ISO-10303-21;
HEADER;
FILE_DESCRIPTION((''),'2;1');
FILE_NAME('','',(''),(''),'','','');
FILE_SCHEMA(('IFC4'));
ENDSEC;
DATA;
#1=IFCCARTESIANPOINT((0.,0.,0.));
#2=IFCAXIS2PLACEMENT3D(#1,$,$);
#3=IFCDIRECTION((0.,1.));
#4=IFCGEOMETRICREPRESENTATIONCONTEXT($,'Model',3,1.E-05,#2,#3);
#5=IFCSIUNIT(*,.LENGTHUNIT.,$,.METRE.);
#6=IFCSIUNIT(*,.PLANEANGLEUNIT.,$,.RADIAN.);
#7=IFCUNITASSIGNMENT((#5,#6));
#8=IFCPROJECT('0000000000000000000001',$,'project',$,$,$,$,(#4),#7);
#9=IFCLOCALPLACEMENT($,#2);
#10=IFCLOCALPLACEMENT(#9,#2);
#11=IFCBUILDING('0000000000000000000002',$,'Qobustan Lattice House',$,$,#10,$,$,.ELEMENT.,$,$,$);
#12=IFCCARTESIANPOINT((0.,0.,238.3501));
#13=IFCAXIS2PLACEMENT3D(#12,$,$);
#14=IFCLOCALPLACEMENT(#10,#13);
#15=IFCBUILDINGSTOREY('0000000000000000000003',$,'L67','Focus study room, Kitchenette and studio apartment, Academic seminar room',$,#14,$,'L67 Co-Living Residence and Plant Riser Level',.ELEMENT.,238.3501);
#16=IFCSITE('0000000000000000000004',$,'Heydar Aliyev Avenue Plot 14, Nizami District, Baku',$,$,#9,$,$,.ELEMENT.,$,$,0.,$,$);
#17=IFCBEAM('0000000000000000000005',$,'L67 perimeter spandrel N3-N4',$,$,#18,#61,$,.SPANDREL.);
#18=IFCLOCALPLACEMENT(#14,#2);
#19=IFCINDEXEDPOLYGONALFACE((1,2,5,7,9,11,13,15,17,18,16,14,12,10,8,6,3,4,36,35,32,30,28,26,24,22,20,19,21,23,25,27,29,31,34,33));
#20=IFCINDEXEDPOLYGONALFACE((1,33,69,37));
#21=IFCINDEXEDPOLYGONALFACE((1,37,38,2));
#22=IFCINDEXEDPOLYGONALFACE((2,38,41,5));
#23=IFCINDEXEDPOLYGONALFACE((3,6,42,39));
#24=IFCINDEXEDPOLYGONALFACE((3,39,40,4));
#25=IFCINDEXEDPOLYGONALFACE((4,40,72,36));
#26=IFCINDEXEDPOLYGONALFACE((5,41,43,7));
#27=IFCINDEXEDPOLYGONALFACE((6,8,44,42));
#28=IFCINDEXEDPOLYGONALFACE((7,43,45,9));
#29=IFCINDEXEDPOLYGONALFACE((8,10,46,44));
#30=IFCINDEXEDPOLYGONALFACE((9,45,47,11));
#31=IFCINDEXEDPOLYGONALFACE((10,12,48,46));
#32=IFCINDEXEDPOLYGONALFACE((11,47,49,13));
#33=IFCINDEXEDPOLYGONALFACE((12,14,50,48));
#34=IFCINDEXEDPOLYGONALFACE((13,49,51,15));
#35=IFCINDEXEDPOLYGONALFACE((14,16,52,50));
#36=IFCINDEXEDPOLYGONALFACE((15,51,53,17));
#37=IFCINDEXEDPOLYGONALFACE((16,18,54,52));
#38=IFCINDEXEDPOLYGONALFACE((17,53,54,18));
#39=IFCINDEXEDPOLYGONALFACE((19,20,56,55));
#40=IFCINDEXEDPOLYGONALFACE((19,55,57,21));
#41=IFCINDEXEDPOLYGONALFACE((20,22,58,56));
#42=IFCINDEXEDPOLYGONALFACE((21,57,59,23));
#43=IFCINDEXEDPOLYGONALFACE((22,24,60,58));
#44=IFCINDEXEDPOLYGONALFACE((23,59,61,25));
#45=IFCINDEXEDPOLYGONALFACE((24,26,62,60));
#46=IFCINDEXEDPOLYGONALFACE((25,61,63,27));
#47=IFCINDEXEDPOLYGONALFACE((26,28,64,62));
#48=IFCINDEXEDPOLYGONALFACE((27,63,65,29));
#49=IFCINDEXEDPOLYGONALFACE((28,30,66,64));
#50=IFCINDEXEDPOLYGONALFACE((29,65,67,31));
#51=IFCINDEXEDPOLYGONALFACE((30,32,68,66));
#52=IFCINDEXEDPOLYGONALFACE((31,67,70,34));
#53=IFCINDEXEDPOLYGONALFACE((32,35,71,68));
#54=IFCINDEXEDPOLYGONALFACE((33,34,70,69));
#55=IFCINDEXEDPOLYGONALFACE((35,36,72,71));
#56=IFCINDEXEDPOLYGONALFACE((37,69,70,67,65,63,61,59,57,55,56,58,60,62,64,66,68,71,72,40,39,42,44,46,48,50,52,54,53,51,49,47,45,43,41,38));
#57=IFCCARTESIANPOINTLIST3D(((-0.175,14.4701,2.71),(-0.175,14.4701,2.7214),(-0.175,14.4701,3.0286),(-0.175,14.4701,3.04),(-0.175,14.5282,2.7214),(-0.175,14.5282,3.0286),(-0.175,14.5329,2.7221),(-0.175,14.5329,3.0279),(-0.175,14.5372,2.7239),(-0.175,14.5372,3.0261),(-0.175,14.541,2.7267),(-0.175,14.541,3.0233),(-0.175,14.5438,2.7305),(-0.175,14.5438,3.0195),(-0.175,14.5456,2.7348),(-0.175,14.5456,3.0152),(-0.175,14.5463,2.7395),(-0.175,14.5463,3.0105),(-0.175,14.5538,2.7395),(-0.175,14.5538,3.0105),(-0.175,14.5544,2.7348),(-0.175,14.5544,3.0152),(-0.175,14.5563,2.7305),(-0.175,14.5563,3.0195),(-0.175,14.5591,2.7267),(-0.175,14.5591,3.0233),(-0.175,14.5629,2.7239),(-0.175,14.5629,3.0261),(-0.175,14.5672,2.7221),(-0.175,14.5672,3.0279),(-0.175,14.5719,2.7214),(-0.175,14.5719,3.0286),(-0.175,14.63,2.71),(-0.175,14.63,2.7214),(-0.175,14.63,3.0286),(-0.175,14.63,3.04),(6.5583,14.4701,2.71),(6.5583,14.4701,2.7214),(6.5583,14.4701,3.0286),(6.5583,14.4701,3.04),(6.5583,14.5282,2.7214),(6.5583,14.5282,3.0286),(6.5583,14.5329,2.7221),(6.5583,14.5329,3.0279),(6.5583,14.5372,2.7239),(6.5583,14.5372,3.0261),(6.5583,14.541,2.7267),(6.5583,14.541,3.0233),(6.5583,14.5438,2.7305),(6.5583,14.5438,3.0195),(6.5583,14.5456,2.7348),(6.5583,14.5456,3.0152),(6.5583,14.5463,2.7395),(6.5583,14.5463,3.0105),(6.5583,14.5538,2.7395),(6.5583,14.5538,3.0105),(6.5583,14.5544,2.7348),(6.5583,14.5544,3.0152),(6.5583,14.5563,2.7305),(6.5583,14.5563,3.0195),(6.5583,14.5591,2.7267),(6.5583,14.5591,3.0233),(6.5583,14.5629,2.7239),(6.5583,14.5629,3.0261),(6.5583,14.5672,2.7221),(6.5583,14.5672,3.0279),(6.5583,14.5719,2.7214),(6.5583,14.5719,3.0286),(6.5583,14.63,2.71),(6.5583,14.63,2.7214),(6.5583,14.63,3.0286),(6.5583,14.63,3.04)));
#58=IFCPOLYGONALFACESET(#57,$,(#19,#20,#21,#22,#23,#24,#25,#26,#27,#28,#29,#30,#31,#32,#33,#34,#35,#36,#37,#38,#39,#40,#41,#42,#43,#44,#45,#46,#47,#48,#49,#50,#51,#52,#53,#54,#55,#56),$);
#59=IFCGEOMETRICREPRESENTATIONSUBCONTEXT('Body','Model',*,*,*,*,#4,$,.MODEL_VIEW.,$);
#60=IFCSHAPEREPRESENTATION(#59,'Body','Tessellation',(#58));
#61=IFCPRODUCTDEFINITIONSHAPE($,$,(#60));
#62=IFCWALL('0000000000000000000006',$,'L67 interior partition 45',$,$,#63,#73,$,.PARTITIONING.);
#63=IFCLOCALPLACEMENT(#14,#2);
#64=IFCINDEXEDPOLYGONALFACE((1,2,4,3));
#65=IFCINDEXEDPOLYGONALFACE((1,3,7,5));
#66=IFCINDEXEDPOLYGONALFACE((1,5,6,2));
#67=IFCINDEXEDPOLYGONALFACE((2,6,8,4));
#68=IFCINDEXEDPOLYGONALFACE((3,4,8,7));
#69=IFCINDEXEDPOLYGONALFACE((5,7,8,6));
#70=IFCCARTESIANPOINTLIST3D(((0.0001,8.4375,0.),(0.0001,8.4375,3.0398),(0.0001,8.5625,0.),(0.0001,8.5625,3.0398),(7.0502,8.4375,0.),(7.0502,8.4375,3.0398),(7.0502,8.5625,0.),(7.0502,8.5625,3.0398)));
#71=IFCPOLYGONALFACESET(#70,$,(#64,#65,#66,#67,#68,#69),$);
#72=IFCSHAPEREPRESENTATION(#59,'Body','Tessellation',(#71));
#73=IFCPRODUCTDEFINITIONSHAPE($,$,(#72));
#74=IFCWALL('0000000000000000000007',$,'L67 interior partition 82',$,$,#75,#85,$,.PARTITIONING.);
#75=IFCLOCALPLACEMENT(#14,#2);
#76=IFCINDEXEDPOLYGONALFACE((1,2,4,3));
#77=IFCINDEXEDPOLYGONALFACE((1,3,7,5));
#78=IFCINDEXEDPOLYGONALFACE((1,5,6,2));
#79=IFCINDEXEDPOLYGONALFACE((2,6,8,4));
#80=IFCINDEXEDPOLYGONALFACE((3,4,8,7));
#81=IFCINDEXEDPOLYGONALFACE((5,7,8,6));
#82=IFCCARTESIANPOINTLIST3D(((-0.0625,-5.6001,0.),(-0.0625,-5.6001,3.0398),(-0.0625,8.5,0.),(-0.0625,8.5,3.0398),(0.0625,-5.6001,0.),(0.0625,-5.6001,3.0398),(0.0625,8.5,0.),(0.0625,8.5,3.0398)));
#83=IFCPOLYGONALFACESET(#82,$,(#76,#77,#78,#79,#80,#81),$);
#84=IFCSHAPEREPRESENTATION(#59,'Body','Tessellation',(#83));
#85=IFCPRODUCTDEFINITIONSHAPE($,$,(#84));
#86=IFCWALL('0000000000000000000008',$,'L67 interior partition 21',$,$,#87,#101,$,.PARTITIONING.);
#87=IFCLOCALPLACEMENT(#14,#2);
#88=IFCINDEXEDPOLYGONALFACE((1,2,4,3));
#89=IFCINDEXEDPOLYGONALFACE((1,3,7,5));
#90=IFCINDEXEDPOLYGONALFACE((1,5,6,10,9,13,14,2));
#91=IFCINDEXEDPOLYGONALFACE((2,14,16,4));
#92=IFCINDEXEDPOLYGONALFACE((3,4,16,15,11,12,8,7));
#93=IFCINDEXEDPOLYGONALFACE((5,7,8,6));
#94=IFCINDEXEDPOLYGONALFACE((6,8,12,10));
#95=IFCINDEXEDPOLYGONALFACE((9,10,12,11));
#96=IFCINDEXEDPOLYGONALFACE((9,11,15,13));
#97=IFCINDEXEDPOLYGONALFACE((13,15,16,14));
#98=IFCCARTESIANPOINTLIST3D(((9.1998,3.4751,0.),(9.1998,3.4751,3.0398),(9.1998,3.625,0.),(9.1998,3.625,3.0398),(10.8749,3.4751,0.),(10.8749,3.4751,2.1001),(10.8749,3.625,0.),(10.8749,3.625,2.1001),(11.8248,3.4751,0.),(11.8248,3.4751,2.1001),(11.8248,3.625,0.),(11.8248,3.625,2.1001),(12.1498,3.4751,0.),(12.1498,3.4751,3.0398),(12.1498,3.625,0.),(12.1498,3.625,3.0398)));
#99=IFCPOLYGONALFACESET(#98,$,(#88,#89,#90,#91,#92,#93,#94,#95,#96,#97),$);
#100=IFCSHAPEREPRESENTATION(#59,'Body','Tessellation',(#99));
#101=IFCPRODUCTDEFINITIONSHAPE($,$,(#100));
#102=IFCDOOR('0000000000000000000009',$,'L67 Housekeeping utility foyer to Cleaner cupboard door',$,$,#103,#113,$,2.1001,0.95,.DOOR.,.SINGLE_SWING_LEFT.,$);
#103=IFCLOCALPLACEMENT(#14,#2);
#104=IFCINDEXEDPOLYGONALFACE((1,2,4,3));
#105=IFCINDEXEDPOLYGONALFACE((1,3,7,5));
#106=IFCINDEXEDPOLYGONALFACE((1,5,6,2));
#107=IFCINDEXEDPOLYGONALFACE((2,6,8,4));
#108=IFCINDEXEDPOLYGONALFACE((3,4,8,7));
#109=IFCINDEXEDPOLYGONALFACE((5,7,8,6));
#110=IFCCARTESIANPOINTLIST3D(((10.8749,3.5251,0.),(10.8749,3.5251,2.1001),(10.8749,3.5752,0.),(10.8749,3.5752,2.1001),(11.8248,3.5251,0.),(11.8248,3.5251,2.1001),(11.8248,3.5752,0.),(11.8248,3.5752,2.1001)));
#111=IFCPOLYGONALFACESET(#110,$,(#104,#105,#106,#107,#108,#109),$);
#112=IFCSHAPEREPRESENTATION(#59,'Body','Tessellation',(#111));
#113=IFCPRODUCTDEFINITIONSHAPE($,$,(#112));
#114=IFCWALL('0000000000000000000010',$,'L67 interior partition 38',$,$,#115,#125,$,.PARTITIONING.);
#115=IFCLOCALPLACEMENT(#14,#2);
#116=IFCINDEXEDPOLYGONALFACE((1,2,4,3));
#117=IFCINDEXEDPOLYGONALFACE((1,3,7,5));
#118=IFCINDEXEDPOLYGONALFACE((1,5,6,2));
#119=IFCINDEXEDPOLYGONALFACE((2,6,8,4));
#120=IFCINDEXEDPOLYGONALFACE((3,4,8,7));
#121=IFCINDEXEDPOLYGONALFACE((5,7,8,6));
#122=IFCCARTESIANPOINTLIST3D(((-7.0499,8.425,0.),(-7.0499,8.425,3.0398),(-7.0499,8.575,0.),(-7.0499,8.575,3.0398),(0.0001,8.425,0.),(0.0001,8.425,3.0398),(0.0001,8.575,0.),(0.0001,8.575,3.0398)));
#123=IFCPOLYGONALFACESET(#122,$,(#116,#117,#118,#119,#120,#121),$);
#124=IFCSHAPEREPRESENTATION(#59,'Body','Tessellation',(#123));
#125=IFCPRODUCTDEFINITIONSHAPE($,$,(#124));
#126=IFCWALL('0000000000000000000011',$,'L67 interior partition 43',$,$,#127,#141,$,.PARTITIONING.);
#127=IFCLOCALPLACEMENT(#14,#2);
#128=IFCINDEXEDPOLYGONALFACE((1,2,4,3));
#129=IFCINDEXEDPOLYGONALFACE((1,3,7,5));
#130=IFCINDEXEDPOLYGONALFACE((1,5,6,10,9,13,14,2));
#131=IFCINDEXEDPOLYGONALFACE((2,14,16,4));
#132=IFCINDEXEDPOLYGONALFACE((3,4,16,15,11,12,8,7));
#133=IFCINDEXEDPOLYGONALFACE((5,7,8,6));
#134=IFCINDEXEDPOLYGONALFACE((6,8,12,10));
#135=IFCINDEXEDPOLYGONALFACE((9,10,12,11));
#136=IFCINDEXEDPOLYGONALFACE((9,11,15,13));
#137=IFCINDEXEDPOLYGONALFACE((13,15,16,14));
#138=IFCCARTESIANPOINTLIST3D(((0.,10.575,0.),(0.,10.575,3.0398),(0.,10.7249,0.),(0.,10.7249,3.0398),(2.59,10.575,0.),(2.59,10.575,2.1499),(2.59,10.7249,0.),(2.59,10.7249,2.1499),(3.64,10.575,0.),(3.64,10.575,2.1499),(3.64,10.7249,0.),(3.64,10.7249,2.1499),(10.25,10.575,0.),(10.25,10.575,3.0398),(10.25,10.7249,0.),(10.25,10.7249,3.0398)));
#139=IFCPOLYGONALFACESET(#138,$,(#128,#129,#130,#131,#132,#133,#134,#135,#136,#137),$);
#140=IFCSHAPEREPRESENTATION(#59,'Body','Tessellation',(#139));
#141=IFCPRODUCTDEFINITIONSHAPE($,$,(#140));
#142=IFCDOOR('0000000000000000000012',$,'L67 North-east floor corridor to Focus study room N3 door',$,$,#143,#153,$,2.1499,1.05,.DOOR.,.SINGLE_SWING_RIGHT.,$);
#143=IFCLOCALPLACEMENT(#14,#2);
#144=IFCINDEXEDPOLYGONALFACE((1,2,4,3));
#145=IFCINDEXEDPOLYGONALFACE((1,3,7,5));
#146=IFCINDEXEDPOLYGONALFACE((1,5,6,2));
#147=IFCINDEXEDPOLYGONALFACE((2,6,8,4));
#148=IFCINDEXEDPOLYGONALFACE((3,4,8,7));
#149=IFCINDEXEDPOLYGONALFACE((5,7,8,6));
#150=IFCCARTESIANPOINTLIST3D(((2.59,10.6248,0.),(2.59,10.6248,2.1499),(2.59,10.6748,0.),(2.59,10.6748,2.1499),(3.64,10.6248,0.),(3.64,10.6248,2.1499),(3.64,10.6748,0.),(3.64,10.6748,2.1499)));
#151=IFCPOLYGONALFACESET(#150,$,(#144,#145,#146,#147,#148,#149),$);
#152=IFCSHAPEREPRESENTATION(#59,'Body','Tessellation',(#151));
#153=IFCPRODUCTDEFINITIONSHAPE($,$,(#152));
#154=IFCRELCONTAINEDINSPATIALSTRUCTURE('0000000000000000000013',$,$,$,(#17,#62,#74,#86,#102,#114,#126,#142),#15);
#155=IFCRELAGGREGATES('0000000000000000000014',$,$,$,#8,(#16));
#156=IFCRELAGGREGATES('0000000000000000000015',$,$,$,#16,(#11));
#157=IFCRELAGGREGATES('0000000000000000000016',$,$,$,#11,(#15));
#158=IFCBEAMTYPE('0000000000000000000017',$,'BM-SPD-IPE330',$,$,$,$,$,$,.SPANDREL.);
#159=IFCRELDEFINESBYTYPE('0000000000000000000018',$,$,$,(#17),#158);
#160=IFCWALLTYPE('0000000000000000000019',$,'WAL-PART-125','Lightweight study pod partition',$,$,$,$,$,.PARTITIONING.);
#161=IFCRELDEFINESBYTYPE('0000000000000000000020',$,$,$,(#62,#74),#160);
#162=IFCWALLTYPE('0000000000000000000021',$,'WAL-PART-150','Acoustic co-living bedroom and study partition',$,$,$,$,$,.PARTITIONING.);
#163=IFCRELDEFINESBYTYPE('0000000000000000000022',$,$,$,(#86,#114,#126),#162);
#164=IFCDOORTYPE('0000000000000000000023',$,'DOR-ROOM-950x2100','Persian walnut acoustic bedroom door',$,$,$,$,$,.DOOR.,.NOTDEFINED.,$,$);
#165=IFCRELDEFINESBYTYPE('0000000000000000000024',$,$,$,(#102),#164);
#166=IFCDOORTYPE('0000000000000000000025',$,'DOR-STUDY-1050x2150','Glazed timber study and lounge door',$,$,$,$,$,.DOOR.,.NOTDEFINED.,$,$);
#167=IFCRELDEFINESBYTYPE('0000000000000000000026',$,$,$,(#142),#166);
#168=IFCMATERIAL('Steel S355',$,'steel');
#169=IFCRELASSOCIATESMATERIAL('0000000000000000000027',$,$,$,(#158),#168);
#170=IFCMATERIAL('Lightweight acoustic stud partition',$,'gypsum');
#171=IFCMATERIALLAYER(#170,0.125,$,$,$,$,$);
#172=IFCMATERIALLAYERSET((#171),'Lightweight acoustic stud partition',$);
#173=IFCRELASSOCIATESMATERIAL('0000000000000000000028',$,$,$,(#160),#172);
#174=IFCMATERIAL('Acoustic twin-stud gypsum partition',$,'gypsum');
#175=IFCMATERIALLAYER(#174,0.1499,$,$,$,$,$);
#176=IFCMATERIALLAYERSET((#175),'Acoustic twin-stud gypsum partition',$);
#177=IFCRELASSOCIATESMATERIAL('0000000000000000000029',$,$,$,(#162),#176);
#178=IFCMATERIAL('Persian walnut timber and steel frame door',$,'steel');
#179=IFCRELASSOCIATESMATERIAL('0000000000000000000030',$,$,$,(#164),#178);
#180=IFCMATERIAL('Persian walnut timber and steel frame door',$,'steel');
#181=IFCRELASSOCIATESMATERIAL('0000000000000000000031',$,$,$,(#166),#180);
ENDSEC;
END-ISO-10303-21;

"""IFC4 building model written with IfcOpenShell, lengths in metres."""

from ifc_helpers import new_model, si_unit, direction, frame, frame_2d, origin, origin_2d, place, context, subcontext, project, spatial, rectangle, i_section, extrude, material, layer, layer_set, material_profile, profile_set, type_object, element, fill, save


model = new_model("IFC4")

# Units and contexts
model_context = context("Model", 3, precision=1e-05, world=origin(), true_north=direction((0.0, 1.0)))
body_context = subcontext(model_context, "Body", "Model", "MODEL_VIEW")
ifc_project = project(units=[si_unit("LENGTHUNIT", "METRE"), si_unit("PLANEANGLEUNIT", "RADIAN")], contexts=[model_context])

# Site, building, storey
site_placement = place(None, origin())
site = spatial("IfcSite", under=ifc_project, at=site_placement, Name="Heydar Aliyev Avenue Plot 14, Nizami District, Baku", CompositionType="ELEMENT", RefElevation=0.0)
building_placement = place(site_placement, origin())
building = spatial("IfcBuilding", under=site, at=building_placement, Name="Qobustan Lattice House", CompositionType="ELEMENT")
storey_placement = place(building_placement, frame((0.0, 0.0, 238.3501)))
storey = spatial("IfcBuildingStorey", under=building, at=storey_placement, Name="L67", Description="Focus study room, Kitchenette and studio apartment, Academic seminar room", LongName="L67 Co-Living Residence and Plant Riser Level", CompositionType="ELEMENT", Elevation=238.3501)

# Beam
ifc_material_1 = material(Name="Steel S355", Category="steel")
ifc_material_profile_1 = material_profile(ifc_material_1, i_section(OverallWidth=0.1599, OverallDepth=0.3301, WebThickness=0.0076, FlangeThickness=0.0115, FilletRadius=0.0181, at=origin_2d()), Name="IPE330")
ifc_profile_set_1 = profile_set([ifc_material_profile_1], Name="Steel S355")
beam_type_1 = type_object("IfcBeamType", Name="BM-SPD-IPE330", PredefinedType="SPANDREL", material=ifc_profile_set_1)
for number, where, z_axis, x_axis, name in (
    (1, (6.5583, 14.55, 2.875), (-1.0, 0.0, 0.0), (0.0, -1.0, 0.0), "L67 perimeter spandrel N3-N4"),
):
    element("IfcBeam", number, at=place(storey_placement, frame(where, z_axis=z_axis, x_axis=x_axis)), inside=storey, type_object=beam_type_1, Name=name, PredefinedType="SPANDREL", context=body_context, shape_type="SweptSolid", body=[
        extrude(i_section(OverallWidth=0.1599, OverallDepth=0.3301, WebThickness=0.0076, FlangeThickness=0.0115, FilletRadius=0.0181, at=origin_2d()), origin(), (0.0, 0.0, 1.0), 6.7334),
    ])

# Walls
ifc_material_2 = material(Name="Lightweight acoustic stud partition", Category="gypsum")
ifc_layer_1 = layer(ifc_material_2, 0.125)
ifc_layer_set_1 = layer_set([ifc_layer_1], Name="Lightweight acoustic stud partition")
wall_type_1 = type_object("IfcWallType", Name="WAL-PART-125", Description="Lightweight study pod partition", PredefinedType="PARTITIONING", material=ifc_layer_set_1)
wall_1_placement = place(storey_placement, frame((7.05, 8.5, 0.0), z_axis=(0.0, 0.0, 1.0), x_axis=(-1.0, 0.0, 0.0)))
element("IfcWall", 2, at=wall_1_placement, inside=storey, type_object=wall_type_1, Name="L67 interior partition 45", PredefinedType="PARTITIONING", context=body_context, shape_type="SweptSolid", body=[
    extrude(rectangle(XDim=7.05, YDim=0.125, at=frame_2d((3.5249, 0.0))), origin(), (0.0, 0.0, 1.0), 3.0398),
])
wall_2_placement = place(storey_placement, frame((0.0, 8.5, 0.0), z_axis=(0.0, 0.0, 1.0), x_axis=(0.0, -1.0, 0.0)))
element("IfcWall", 3, at=wall_2_placement, inside=storey, type_object=wall_type_1, Name="L67 interior partition 82", PredefinedType="PARTITIONING", context=body_context, shape_type="SweptSolid", body=[
    extrude(rectangle(XDim=14.1001, YDim=0.125, at=frame_2d((7.05, 0.0))), origin(), (0.0, 0.0, 1.0), 3.0398),
])

# Wall, opening, door
ifc_material_3 = material(Name="Acoustic twin-stud gypsum partition", Category="gypsum")
ifc_layer_2 = layer(ifc_material_3, 0.1499)
ifc_layer_set_2 = layer_set([ifc_layer_2], Name="Acoustic twin-stud gypsum partition")
wall_type_2 = type_object("IfcWallType", Name="WAL-PART-150", Description="Acoustic co-living bedroom and study partition", PredefinedType="PARTITIONING", material=ifc_layer_set_2)
wall_3_placement = place(storey_placement, frame((12.1499, 3.55, 0.0), z_axis=(0.0, 0.0, 1.0), x_axis=(-1.0, 0.0, 0.0)))
wall_3 = element("IfcWall", 4, at=wall_3_placement, inside=storey, type_object=wall_type_2, Name="L67 interior partition 21", PredefinedType="PARTITIONING", context=body_context, shape_type="SweptSolid", body=[
    extrude(rectangle(XDim=2.95, YDim=0.1499, at=frame_2d((1.4751, 0.0))), origin(), (0.0, 0.0, 1.0), 3.0398),
])
opening_1_placement = place(wall_3_placement, frame((0.325, 0.0, 0.0)))
opening_1 = element("IfcOpeningElement", 5, at=opening_1_placement, cuts=wall_3, PredefinedType="OPENING", context=body_context, shape_type="SweptSolid", body=[
    extrude(rectangle(XDim=0.95, YDim=2.1001, at=frame_2d((0.4751, 1.05))), frame((0.0, 0.085, 0.0), z_axis=(0.0, -1.0, 0.0), x_axis=(1.0, 0.0, 0.0)), (0.0, 0.0, 1.0), 0.1699),
])
ifc_material_4 = material(Name="Persian walnut timber and steel frame door", Category="steel")
door_type_1 = type_object("IfcDoorType", Name="DOR-ROOM-950x2100", Description="Persian walnut acoustic bedroom door", OperationType="NOTDEFINED", PredefinedType="DOOR", material=ifc_material_4)
door_1_placement = place(opening_1_placement, origin())
door_1 = element("IfcDoor", 6, at=door_1_placement, inside=storey, type_object=door_type_1, Name="L67 Housekeeping utility foyer to Cleaner cupboard door", OperationType="SINGLE_SWING_LEFT", OverallHeight=2.1001, OverallWidth=0.95, PredefinedType="DOOR", context=body_context, shape_type="SweptSolid", body=[
    extrude(rectangle(XDim=0.95, YDim=2.1001, at=frame_2d((0.4751, 1.05))), frame((0.0, 0.0249, 0.0), z_axis=(0.0, -1.0, 0.0), x_axis=(1.0, 0.0, 0.0)), (0.0, 0.0, 1.0), 0.05),
])
fill(opening_1, door_1)

# Wall
wall_4_placement = place(storey_placement, frame((0.0, 8.5, 0.0), z_axis=(0.0, 0.0, 1.0), x_axis=(-1.0, 0.0, 0.0)))
element("IfcWall", 7, at=wall_4_placement, inside=storey, type_object=wall_type_2, Name="L67 interior partition 38", PredefinedType="PARTITIONING", context=body_context, shape_type="SweptSolid", body=[
    extrude(rectangle(XDim=7.05, YDim=0.1499, at=frame_2d((3.5249, 0.0))), origin(), (0.0, 0.0, 1.0), 3.0398),
])

# Wall, opening, door
wall_5_placement = place(storey_placement, frame((0.0, 10.6499, 0.0), z_axis=(0.0, 0.0, 1.0), x_axis=(1.0, 0.0, 0.0)))
wall_5 = element("IfcWall", 8, at=wall_5_placement, inside=storey, type_object=wall_type_2, Name="L67 interior partition 43", PredefinedType="PARTITIONING", context=body_context, shape_type="SweptSolid", body=[
    extrude(rectangle(XDim=10.25, YDim=0.1499, at=frame_2d((5.125, 0.0))), origin(), (0.0, 0.0, 1.0), 3.0398),
])
opening_2_placement = place(wall_5_placement, frame((2.5901, 0.0, 0.0)))
opening_2 = element("IfcOpeningElement", 9, at=opening_2_placement, cuts=wall_5, PredefinedType="OPENING", context=body_context, shape_type="SweptSolid", body=[
    extrude(rectangle(XDim=1.05, YDim=2.1499, at=frame_2d((0.5249, 1.075))), frame((0.0, 0.085, 0.0), z_axis=(0.0, -1.0, 0.0), x_axis=(1.0, 0.0, 0.0)), (0.0, 0.0, 1.0), 0.1699),
])
ifc_material_5 = material(Name="Persian walnut timber and steel frame door", Category="steel")
door_type_2 = type_object("IfcDoorType", Name="DOR-STUDY-1050x2150", Description="Glazed timber study and lounge door", OperationType="NOTDEFINED", PredefinedType="DOOR", material=ifc_material_5)
door_2_placement = place(opening_2_placement, origin())
door_2 = element("IfcDoor", 10, at=door_2_placement, inside=storey, type_object=door_type_2, Name="L67 North-east floor corridor to Focus study room N3 door", OperationType="SINGLE_SWING_RIGHT", OverallHeight=2.1499, OverallWidth=1.05, PredefinedType="DOOR", context=body_context, shape_type="SweptSolid", body=[
    extrude(rectangle(XDim=1.05, YDim=2.1499, at=frame_2d((0.5249, 1.075))), frame((0.0, 0.0249, 0.0), z_axis=(0.0, -1.0, 0.0), x_axis=(1.0, 0.0, 0.0)), (0.0, 0.0, 1.0), 0.05),
])
fill(opening_2, door_2)

save(model, "model.ifc")
